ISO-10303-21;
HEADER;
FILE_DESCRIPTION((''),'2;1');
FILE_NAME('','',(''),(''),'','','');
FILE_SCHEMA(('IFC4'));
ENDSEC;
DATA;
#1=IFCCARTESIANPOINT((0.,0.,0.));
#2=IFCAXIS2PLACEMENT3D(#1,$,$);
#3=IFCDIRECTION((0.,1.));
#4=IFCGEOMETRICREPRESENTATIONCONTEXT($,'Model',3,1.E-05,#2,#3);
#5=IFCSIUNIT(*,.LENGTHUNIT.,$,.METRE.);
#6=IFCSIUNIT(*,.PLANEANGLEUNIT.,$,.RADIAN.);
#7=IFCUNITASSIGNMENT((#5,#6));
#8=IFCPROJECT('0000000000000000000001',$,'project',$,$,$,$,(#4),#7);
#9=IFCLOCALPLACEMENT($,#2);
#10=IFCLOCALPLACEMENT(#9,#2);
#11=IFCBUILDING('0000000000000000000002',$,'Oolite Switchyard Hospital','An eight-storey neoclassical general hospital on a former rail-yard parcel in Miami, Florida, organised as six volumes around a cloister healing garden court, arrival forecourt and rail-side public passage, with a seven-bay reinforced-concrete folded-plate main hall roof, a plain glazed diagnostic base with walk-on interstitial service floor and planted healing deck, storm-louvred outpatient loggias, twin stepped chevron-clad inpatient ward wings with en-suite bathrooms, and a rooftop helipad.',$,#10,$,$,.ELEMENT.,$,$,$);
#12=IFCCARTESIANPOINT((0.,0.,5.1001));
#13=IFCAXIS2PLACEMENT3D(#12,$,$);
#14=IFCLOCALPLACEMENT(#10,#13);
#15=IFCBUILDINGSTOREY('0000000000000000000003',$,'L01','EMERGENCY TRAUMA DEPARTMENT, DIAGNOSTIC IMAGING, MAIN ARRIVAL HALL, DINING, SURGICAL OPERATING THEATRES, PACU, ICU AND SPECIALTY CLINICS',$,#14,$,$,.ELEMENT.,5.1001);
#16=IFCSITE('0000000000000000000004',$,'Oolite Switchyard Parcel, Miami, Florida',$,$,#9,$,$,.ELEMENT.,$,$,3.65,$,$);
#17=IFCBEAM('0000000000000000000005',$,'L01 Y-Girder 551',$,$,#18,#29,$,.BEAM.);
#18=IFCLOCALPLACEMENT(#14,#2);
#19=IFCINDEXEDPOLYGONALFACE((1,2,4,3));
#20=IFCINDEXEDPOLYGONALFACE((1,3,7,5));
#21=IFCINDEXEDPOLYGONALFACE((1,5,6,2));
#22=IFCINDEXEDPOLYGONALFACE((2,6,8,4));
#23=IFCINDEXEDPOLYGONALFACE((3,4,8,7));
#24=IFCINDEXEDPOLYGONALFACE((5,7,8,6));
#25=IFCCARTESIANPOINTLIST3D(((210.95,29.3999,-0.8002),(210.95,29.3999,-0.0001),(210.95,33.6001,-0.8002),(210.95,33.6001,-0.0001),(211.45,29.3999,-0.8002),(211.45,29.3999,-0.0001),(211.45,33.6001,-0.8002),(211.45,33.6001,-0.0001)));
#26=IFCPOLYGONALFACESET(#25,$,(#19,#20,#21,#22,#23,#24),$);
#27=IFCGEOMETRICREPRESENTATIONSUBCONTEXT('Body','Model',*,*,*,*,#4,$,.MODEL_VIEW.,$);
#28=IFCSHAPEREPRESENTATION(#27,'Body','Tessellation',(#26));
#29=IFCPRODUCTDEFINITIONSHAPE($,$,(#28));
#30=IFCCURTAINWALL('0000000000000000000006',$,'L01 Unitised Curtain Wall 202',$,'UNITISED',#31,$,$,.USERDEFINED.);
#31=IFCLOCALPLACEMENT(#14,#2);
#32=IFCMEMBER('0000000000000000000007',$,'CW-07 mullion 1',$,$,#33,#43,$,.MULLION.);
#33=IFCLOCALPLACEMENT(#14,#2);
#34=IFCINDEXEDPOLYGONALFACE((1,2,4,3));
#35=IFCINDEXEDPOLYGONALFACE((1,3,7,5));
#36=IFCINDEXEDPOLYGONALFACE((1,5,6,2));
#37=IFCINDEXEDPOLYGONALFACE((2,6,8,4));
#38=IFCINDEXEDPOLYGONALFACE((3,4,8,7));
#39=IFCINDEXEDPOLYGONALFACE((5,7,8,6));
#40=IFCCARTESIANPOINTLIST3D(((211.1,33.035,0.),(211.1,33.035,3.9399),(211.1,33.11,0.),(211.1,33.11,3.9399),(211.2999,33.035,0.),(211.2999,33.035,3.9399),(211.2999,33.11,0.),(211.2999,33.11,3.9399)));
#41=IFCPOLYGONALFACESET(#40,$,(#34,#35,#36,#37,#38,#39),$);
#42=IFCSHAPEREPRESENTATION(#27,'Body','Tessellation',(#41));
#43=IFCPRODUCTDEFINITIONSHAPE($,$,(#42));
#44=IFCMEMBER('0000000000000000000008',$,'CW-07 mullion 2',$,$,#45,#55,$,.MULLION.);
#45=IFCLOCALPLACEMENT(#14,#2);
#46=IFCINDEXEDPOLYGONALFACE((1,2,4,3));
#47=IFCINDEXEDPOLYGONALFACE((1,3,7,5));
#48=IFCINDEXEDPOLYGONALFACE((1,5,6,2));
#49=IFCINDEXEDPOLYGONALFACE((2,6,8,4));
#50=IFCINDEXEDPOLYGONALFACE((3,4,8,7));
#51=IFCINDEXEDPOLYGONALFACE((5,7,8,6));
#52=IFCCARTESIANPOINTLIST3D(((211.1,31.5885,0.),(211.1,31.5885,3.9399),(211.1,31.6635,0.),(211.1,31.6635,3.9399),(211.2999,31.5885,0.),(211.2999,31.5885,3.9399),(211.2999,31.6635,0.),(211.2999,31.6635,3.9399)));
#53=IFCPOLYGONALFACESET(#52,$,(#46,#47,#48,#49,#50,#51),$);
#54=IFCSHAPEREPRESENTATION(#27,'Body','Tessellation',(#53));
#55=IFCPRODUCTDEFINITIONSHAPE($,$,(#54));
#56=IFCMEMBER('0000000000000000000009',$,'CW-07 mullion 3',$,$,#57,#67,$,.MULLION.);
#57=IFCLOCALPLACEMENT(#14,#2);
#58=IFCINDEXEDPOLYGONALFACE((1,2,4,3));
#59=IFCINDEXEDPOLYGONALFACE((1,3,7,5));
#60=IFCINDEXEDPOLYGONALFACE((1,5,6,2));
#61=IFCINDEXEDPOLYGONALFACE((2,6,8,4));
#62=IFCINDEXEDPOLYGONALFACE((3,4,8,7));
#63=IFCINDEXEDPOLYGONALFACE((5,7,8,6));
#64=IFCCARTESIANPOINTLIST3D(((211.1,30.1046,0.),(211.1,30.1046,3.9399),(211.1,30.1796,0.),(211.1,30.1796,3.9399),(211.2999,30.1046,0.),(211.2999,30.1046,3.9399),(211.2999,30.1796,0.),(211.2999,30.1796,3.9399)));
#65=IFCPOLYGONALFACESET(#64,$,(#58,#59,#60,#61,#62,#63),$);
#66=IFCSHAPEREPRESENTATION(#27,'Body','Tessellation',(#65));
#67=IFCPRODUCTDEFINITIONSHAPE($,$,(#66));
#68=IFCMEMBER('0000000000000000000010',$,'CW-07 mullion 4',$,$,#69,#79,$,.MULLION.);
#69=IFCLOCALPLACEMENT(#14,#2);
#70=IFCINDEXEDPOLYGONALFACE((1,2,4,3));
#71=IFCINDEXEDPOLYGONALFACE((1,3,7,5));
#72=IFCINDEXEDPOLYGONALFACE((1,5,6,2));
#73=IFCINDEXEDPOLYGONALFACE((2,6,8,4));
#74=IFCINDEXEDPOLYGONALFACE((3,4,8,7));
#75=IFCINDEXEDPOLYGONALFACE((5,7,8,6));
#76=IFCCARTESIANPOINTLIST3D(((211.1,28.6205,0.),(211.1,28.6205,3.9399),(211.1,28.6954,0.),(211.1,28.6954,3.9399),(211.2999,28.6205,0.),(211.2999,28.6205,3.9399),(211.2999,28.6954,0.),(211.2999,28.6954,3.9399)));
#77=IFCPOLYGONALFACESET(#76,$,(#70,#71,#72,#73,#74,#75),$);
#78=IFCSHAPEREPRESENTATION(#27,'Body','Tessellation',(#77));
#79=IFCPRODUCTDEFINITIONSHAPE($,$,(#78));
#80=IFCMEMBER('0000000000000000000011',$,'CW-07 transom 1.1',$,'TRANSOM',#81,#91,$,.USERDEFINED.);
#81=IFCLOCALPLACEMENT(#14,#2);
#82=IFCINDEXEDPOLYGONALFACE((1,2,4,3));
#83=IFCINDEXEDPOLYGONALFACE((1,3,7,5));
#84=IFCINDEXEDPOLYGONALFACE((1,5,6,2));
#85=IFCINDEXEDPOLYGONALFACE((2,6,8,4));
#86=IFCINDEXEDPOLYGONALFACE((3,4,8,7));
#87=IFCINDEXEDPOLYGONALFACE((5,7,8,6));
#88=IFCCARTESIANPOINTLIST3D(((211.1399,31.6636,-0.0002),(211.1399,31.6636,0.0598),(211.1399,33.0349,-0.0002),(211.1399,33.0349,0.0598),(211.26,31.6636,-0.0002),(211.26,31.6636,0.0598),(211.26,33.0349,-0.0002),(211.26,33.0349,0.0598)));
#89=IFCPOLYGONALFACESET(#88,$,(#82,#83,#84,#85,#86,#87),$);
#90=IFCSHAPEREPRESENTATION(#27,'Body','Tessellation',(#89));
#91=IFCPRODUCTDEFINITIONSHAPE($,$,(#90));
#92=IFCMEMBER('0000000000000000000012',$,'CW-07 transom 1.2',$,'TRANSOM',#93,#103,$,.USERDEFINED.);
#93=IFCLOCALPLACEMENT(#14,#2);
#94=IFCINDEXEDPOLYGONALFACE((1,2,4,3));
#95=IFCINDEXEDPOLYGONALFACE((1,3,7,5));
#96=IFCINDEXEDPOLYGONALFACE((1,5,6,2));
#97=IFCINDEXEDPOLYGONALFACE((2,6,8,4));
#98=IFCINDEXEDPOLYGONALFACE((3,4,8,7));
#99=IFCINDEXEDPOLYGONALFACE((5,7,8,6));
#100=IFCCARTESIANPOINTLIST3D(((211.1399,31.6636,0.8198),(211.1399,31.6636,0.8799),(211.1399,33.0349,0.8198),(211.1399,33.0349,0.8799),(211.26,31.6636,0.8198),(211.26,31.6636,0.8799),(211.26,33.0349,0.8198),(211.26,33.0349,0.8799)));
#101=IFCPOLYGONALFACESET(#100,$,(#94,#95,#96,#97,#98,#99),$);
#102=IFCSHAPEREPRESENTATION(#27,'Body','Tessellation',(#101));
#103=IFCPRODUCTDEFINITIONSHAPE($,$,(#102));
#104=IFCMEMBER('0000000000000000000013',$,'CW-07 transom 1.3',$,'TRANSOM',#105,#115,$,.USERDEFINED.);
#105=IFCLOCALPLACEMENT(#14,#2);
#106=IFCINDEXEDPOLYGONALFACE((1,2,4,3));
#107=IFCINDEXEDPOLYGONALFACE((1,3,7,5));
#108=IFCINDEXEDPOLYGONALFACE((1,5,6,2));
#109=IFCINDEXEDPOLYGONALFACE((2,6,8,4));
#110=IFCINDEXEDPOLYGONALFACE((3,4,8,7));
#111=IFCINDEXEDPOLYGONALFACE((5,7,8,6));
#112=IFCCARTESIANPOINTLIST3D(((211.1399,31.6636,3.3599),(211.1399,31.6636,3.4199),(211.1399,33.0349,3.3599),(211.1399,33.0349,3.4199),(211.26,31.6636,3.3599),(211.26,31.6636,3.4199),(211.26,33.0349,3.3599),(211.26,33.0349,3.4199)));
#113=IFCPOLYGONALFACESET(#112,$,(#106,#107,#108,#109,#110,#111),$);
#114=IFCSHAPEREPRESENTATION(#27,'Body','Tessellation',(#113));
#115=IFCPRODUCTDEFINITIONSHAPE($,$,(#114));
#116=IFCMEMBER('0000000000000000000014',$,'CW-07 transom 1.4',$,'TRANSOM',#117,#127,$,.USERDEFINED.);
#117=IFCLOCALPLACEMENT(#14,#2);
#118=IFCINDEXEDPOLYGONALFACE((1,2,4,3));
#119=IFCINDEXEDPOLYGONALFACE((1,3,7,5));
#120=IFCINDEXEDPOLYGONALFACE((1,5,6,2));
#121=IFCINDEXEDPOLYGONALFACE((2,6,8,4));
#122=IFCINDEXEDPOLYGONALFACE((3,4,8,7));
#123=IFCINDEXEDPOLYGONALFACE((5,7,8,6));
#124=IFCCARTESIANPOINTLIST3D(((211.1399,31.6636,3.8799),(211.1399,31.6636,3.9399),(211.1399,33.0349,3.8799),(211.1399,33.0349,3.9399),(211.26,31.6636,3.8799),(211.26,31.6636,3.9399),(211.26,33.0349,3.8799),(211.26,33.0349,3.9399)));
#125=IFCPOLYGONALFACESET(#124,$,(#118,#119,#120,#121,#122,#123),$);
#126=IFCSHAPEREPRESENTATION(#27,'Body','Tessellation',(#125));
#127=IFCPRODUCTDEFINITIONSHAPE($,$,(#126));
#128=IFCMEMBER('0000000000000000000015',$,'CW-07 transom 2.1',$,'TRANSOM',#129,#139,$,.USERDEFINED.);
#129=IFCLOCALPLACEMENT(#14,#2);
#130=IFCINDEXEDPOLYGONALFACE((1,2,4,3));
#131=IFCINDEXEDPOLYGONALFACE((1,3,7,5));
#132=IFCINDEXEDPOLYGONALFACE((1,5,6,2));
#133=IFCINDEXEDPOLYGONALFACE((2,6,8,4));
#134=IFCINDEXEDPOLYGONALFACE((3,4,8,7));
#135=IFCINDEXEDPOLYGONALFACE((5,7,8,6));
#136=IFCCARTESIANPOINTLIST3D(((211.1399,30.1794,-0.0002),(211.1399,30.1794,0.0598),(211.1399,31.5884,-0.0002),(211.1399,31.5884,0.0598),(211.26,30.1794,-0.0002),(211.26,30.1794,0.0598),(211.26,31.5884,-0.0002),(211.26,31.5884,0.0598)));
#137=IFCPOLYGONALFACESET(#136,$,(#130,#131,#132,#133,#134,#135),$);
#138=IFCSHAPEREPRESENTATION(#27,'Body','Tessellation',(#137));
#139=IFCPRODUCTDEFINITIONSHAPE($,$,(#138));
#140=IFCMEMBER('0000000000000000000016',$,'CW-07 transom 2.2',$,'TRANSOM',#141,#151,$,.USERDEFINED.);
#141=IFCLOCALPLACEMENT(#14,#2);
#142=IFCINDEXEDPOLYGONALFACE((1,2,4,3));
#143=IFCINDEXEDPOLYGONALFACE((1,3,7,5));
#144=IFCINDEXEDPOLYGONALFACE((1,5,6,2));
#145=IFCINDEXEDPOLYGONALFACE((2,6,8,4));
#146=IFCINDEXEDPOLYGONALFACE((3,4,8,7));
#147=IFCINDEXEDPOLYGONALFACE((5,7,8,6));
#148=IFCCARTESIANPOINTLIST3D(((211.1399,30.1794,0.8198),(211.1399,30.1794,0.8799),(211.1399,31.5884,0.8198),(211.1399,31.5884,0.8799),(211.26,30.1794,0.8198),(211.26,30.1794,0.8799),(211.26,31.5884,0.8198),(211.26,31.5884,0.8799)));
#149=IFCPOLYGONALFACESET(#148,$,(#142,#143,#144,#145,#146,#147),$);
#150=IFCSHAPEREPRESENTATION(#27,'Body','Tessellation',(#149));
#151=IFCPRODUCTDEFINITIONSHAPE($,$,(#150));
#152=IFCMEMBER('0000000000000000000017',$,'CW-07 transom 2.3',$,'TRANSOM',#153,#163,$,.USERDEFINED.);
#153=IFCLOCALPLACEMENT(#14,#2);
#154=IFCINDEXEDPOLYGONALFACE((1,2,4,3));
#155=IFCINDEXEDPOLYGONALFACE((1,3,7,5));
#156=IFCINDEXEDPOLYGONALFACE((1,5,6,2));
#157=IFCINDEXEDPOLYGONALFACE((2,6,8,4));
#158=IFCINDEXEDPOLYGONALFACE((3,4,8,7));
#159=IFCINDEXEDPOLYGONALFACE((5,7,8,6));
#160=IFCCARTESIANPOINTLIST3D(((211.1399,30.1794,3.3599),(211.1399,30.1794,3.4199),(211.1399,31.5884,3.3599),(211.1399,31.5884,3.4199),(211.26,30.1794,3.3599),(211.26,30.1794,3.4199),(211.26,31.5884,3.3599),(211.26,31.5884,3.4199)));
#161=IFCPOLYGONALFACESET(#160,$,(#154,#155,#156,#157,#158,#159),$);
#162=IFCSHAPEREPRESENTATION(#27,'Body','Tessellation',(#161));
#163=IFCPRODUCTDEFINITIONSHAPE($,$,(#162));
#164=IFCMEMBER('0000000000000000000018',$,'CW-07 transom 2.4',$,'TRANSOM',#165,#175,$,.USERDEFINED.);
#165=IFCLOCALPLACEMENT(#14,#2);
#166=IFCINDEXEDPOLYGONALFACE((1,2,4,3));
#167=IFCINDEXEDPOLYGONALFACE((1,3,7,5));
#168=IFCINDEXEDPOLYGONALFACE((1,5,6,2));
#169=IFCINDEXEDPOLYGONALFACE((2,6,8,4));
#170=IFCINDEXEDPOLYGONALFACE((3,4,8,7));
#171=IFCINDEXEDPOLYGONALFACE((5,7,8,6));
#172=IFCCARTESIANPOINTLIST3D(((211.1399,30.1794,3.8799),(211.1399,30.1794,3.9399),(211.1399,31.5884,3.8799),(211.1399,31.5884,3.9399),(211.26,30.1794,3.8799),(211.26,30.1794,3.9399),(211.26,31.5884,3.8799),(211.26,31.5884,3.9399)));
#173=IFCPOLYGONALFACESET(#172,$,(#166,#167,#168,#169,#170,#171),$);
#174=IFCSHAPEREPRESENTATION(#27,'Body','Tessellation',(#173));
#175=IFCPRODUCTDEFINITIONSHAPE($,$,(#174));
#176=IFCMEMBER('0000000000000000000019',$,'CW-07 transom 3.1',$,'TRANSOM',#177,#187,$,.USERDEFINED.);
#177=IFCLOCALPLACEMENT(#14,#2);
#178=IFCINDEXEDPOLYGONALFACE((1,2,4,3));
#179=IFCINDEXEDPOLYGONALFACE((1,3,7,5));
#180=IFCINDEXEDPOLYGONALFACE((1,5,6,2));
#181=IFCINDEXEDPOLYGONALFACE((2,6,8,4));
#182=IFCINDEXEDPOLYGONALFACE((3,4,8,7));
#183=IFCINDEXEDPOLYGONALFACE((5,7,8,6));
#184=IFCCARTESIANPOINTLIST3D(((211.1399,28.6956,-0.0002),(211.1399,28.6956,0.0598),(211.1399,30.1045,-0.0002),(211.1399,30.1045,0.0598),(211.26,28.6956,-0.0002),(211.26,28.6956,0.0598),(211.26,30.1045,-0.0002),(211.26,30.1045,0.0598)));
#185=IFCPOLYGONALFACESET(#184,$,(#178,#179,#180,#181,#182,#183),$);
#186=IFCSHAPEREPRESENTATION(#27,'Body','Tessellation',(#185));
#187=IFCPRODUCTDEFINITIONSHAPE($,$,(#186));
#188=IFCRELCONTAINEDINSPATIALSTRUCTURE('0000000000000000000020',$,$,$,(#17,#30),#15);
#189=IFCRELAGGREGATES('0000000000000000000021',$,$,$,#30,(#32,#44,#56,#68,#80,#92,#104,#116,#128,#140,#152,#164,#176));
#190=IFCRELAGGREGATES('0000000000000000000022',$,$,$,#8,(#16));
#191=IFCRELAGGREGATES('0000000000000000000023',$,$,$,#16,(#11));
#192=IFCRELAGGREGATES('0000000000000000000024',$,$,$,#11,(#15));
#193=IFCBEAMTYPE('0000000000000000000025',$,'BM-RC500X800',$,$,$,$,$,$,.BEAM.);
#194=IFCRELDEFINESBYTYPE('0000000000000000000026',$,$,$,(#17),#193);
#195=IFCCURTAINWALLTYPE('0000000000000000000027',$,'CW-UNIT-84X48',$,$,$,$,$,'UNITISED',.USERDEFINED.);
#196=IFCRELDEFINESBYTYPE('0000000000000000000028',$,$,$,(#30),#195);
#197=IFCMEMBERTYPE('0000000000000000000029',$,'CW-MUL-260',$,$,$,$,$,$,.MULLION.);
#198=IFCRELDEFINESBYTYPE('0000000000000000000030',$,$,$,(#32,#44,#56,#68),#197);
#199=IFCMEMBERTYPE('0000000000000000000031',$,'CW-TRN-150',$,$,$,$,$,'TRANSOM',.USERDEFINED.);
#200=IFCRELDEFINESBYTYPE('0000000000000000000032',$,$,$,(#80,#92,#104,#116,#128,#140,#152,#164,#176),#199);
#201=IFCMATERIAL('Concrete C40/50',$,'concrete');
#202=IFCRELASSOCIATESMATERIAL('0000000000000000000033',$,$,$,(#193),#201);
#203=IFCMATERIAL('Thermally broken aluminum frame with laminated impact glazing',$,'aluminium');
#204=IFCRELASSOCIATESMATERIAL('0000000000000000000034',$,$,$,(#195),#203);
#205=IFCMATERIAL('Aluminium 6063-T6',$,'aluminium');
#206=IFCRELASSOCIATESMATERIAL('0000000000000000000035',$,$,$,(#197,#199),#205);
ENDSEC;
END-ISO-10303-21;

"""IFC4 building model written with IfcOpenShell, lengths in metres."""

from ifc_helpers import new_model, si_unit, direction, frame, origin, origin_2d, place, context, subcontext, project, spatial, rectangle, extrude, material, material_profile, profile_set, type_object, element, aggregate, save


model = new_model("IFC4")

# Units and contexts
model_context = context("Model", 3, precision=1e-05, world=origin(), true_north=direction((0.0, 1.0)))
body_context = subcontext(model_context, "Body", "Model", "MODEL_VIEW")
ifc_project = project(units=[si_unit("LENGTHUNIT", "METRE"), si_unit("PLANEANGLEUNIT", "RADIAN")], contexts=[model_context])

# Site, building, storey
site_placement = place(None, origin())
site = spatial("IfcSite", under=ifc_project, at=site_placement, Name="Oolite Switchyard Parcel, Miami, Florida", CompositionType="ELEMENT", RefElevation=3.65)
building_placement = place(site_placement, origin())
building = spatial("IfcBuilding", under=site, at=building_placement, Name="Oolite Switchyard Hospital", Description="An eight-storey neoclassical general hospital on a former rail-yard parcel in Miami, Florida, organised as six volumes around a cloister healing garden court, arrival forecourt and rail-side public passage, with a seven-bay reinforced-concrete folded-plate main hall roof, a plain glazed diagnostic base with walk-on interstitial service floor and planted healing deck, storm-louvred outpatient loggias, twin stepped chevron-clad inpatient ward wings with en-suite bathrooms, and a rooftop helipad.", CompositionType="ELEMENT")
storey_placement = place(building_placement, frame((0.0, 0.0, 5.1001)))
storey = spatial("IfcBuildingStorey", under=building, at=storey_placement, Name="L01", Description="EMERGENCY TRAUMA DEPARTMENT, DIAGNOSTIC IMAGING, MAIN ARRIVAL HALL, DINING, SURGICAL OPERATING THEATRES, PACU, ICU AND SPECIALTY CLINICS", CompositionType="ELEMENT", Elevation=5.1001)

# Beam
ifc_material_1 = material(Name="Concrete C40/50", Category="concrete")
ifc_material_profile_1 = material_profile(ifc_material_1, rectangle(XDim=0.5, YDim=0.8, at=origin_2d()), Name="RCB500X800")
ifc_profile_set_1 = profile_set([ifc_material_profile_1], Name="Concrete C40/50")
beam_type = type_object("IfcBeamType", Name="BM-RC500X800", PredefinedType="BEAM", material=ifc_profile_set_1)
beam_placement = place(storey_placement, frame((211.2, 29.3999, -0.4001), z_axis=(0.0, 1.0, 0.0), x_axis=(-1.0, 0.0, 0.0)))
element("IfcBeam", 1, at=beam_placement, inside=storey, type_object=beam_type, Name="L01 Y-Girder 551", PredefinedType="BEAM", context=body_context, shape_type="SweptSolid", body=[
    extrude(rectangle(XDim=0.5, YDim=0.8, at=origin_2d()), origin(), (0.0, 0.0, 1.0), 4.2002),
])

# Curtain wall, members
ifc_material_2 = material(Name="Thermally broken aluminum frame with laminated impact glazing", Category="aluminium")
curtain_wall_type = type_object("IfcCurtainWallType", Name="CW-UNIT-84X48", ElementType="UNITISED", PredefinedType="USERDEFINED", material=ifc_material_2)
curtain_wall_placement = place(storey_placement, origin())
curtain_wall = element("IfcCurtainWall", 2, at=curtain_wall_placement, inside=storey, type_object=curtain_wall_type, Name="L01 Unitised Curtain Wall 202", ObjectType="UNITISED", PredefinedType="USERDEFINED")
ifc_material_3 = material(Name="Aluminium 6063-T6", Category="aluminium")
ifc_material_profile_2 = material_profile(ifc_material_3, rectangle(XDim=0.2, YDim=0.075, at=origin_2d()), Name="CWM75X200")
ifc_profile_set_2 = profile_set([ifc_material_profile_2], Name="Aluminium 6063-T6")
member_type_1 = type_object("IfcMemberType", Name="CW-MUL-260", PredefinedType="MULLION", material=ifc_profile_set_2)
member_1_placement = place(storey_placement, frame((211.2, 33.0725, 0.0), z_axis=(0.0, 0.0, 1.0), x_axis=(1.0, 0.0, 0.0)))
member_1 = element("IfcMember", 3, at=member_1_placement, type_object=member_type_1, Name="CW-07 mullion 1", PredefinedType="MULLION", context=body_context, shape_type="SweptSolid", body=[
    extrude(rectangle(XDim=0.2, YDim=0.075, at=origin_2d()), origin(), (0.0, 0.0, 1.0), 3.9399),
])
member_2_placement = place(storey_placement, frame((211.2, 31.626, 0.0), z_axis=(0.0, 0.0, 1.0), x_axis=(1.0, 0.0, 0.0)))
member_2 = element("IfcMember", 4, at=member_2_placement, type_object=member_type_1, Name="CW-07 mullion 2", PredefinedType="MULLION", context=body_context, shape_type="SweptSolid", body=[
    extrude(rectangle(XDim=0.2, YDim=0.075, at=origin_2d()), origin(), (0.0, 0.0, 1.0), 3.9399),
])
member_3_placement = place(storey_placement, frame((211.2, 30.1421, 0.0), z_axis=(0.0, 0.0, 1.0), x_axis=(1.0, 0.0, 0.0)))
member_3 = element("IfcMember", 5, at=member_3_placement, type_object=member_type_1, Name="CW-07 mullion 3", PredefinedType="MULLION", context=body_context, shape_type="SweptSolid", body=[
    extrude(rectangle(XDim=0.2, YDim=0.075, at=origin_2d()), origin(), (0.0, 0.0, 1.0), 3.9399),
])
member_4_placement = place(storey_placement, frame((211.2, 28.658, 0.0), z_axis=(0.0, 0.0, 1.0), x_axis=(1.0, 0.0, 0.0)))
member_4 = element("IfcMember", 6, at=member_4_placement, type_object=member_type_1, Name="CW-07 mullion 4", PredefinedType="MULLION", context=body_context, shape_type="SweptSolid", body=[
    extrude(rectangle(XDim=0.2, YDim=0.075, at=origin_2d()), origin(), (0.0, 0.0, 1.0), 3.9399),
])
ifc_material_profile_3 = material_profile(ifc_material_3, rectangle(XDim=0.1201, YDim=0.0601, at=origin_2d()), Name="CWT60X120")
ifc_profile_set_3 = profile_set([ifc_material_profile_3], Name="Aluminium 6063-T6")
member_type_2 = type_object("IfcMemberType", Name="CW-TRN-150", ElementType="TRANSOM", PredefinedType="USERDEFINED", material=ifc_profile_set_3)
member_5_placement = place(storey_placement, frame((211.2, 33.0349, 0.0298), z_axis=(0.0, -1.0, 0.0), x_axis=(1.0, 0.0, 0.0)))
member_5 = element("IfcMember", 7, at=member_5_placement, type_object=member_type_2, Name="CW-07 transom 1.1", ObjectType="TRANSOM", PredefinedType="USERDEFINED", context=body_context, shape_type="SweptSolid", body=[
    extrude(rectangle(XDim=0.1201, YDim=0.0601, at=origin_2d()), origin(), (0.0, 0.0, 1.0), 1.3713),
])
member_6_placement = place(storey_placement, frame((211.2, 33.0349, 0.8499), z_axis=(0.0, -1.0, 0.0), x_axis=(1.0, 0.0, 0.0)))
member_6 = element("IfcMember", 8, at=member_6_placement, type_object=member_type_2, Name="CW-07 transom 1.2", ObjectType="TRANSOM", PredefinedType="USERDEFINED", context=body_context, shape_type="SweptSolid", body=[
    extrude(rectangle(XDim=0.1201, YDim=0.0601, at=origin_2d()), origin(), (0.0, 0.0, 1.0), 1.3713),
])
member_7_placement = place(storey_placement, frame((211.2, 33.0349, 3.3899), z_axis=(0.0, -1.0, 0.0), x_axis=(1.0, 0.0, 0.0)))
member_7 = element("IfcMember", 9, at=member_7_placement, type_object=member_type_2, Name="CW-07 transom 1.3", ObjectType="TRANSOM", PredefinedType="USERDEFINED", context=body_context, shape_type="SweptSolid", body=[
    extrude(rectangle(XDim=0.1201, YDim=0.0601, at=origin_2d()), origin(), (0.0, 0.0, 1.0), 1.3713),
])
member_8_placement = place(storey_placement, frame((211.2, 33.0349, 3.9099), z_axis=(0.0, -1.0, 0.0), x_axis=(1.0, 0.0, 0.0)))
member_8 = element("IfcMember", 10, at=member_8_placement, type_object=member_type_2, Name="CW-07 transom 1.4", ObjectType="TRANSOM", PredefinedType="USERDEFINED", context=body_context, shape_type="SweptSolid", body=[
    extrude(rectangle(XDim=0.1201, YDim=0.0601, at=origin_2d()), origin(), (0.0, 0.0, 1.0), 1.3713),
])
member_9_placement = place(storey_placement, frame((211.2, 31.5884, 0.0298), z_axis=(0.0, -1.0, 0.0), x_axis=(1.0, 0.0, 0.0)))
member_9 = element("IfcMember", 11, at=member_9_placement, type_object=member_type_2, Name="CW-07 transom 2.1", ObjectType="TRANSOM", PredefinedType="USERDEFINED", context=body_context, shape_type="SweptSolid", body=[
    extrude(rectangle(XDim=0.1201, YDim=0.0601, at=origin_2d()), origin(), (0.0, 0.0, 1.0), 1.4089),
])
member_10_placement = place(storey_placement, frame((211.2, 31.5884, 0.8499), z_axis=(0.0, -1.0, 0.0), x_axis=(1.0, 0.0, 0.0)))
member_10 = element("IfcMember", 12, at=member_10_placement, type_object=member_type_2, Name="CW-07 transom 2.2", ObjectType="TRANSOM", PredefinedType="USERDEFINED", context=body_context, shape_type="SweptSolid", body=[
    extrude(rectangle(XDim=0.1201, YDim=0.0601, at=origin_2d()), origin(), (0.0, 0.0, 1.0), 1.4089),
])
member_11_placement = place(storey_placement, frame((211.2, 31.5884, 3.3899), z_axis=(0.0, -1.0, 0.0), x_axis=(1.0, 0.0, 0.0)))
member_11 = element("IfcMember", 13, at=member_11_placement, type_object=member_type_2, Name="CW-07 transom 2.3", ObjectType="TRANSOM", PredefinedType="USERDEFINED", context=body_context, shape_type="SweptSolid", body=[
    extrude(rectangle(XDim=0.1201, YDim=0.0601, at=origin_2d()), origin(), (0.0, 0.0, 1.0), 1.4089),
])
member_12_placement = place(storey_placement, frame((211.2, 31.5884, 3.9099), z_axis=(0.0, -1.0, 0.0), x_axis=(1.0, 0.0, 0.0)))
member_12 = element("IfcMember", 14, at=member_12_placement, type_object=member_type_2, Name="CW-07 transom 2.4", ObjectType="TRANSOM", PredefinedType="USERDEFINED", context=body_context, shape_type="SweptSolid", body=[
    extrude(rectangle(XDim=0.1201, YDim=0.0601, at=origin_2d()), origin(), (0.0, 0.0, 1.0), 1.4089),
])
member_13_placement = place(storey_placement, frame((211.2, 30.1045, 0.0298), z_axis=(0.0, -1.0, 0.0), x_axis=(1.0, 0.0, 0.0)))
member_13 = element("IfcMember", 15, at=member_13_placement, type_object=member_type_2, Name="CW-07 transom 3.1", ObjectType="TRANSOM", PredefinedType="USERDEFINED", context=body_context, shape_type="SweptSolid", body=[
    extrude(rectangle(XDim=0.1201, YDim=0.0601, at=origin_2d()), origin(), (0.0, 0.0, 1.0), 1.4089),
])
aggregate(curtain_wall, [member_1, member_2, member_3, member_4, member_5, member_6, member_7, member_8, member_9, member_10, member_11, member_12, member_13])

save(model, "model.ifc")
